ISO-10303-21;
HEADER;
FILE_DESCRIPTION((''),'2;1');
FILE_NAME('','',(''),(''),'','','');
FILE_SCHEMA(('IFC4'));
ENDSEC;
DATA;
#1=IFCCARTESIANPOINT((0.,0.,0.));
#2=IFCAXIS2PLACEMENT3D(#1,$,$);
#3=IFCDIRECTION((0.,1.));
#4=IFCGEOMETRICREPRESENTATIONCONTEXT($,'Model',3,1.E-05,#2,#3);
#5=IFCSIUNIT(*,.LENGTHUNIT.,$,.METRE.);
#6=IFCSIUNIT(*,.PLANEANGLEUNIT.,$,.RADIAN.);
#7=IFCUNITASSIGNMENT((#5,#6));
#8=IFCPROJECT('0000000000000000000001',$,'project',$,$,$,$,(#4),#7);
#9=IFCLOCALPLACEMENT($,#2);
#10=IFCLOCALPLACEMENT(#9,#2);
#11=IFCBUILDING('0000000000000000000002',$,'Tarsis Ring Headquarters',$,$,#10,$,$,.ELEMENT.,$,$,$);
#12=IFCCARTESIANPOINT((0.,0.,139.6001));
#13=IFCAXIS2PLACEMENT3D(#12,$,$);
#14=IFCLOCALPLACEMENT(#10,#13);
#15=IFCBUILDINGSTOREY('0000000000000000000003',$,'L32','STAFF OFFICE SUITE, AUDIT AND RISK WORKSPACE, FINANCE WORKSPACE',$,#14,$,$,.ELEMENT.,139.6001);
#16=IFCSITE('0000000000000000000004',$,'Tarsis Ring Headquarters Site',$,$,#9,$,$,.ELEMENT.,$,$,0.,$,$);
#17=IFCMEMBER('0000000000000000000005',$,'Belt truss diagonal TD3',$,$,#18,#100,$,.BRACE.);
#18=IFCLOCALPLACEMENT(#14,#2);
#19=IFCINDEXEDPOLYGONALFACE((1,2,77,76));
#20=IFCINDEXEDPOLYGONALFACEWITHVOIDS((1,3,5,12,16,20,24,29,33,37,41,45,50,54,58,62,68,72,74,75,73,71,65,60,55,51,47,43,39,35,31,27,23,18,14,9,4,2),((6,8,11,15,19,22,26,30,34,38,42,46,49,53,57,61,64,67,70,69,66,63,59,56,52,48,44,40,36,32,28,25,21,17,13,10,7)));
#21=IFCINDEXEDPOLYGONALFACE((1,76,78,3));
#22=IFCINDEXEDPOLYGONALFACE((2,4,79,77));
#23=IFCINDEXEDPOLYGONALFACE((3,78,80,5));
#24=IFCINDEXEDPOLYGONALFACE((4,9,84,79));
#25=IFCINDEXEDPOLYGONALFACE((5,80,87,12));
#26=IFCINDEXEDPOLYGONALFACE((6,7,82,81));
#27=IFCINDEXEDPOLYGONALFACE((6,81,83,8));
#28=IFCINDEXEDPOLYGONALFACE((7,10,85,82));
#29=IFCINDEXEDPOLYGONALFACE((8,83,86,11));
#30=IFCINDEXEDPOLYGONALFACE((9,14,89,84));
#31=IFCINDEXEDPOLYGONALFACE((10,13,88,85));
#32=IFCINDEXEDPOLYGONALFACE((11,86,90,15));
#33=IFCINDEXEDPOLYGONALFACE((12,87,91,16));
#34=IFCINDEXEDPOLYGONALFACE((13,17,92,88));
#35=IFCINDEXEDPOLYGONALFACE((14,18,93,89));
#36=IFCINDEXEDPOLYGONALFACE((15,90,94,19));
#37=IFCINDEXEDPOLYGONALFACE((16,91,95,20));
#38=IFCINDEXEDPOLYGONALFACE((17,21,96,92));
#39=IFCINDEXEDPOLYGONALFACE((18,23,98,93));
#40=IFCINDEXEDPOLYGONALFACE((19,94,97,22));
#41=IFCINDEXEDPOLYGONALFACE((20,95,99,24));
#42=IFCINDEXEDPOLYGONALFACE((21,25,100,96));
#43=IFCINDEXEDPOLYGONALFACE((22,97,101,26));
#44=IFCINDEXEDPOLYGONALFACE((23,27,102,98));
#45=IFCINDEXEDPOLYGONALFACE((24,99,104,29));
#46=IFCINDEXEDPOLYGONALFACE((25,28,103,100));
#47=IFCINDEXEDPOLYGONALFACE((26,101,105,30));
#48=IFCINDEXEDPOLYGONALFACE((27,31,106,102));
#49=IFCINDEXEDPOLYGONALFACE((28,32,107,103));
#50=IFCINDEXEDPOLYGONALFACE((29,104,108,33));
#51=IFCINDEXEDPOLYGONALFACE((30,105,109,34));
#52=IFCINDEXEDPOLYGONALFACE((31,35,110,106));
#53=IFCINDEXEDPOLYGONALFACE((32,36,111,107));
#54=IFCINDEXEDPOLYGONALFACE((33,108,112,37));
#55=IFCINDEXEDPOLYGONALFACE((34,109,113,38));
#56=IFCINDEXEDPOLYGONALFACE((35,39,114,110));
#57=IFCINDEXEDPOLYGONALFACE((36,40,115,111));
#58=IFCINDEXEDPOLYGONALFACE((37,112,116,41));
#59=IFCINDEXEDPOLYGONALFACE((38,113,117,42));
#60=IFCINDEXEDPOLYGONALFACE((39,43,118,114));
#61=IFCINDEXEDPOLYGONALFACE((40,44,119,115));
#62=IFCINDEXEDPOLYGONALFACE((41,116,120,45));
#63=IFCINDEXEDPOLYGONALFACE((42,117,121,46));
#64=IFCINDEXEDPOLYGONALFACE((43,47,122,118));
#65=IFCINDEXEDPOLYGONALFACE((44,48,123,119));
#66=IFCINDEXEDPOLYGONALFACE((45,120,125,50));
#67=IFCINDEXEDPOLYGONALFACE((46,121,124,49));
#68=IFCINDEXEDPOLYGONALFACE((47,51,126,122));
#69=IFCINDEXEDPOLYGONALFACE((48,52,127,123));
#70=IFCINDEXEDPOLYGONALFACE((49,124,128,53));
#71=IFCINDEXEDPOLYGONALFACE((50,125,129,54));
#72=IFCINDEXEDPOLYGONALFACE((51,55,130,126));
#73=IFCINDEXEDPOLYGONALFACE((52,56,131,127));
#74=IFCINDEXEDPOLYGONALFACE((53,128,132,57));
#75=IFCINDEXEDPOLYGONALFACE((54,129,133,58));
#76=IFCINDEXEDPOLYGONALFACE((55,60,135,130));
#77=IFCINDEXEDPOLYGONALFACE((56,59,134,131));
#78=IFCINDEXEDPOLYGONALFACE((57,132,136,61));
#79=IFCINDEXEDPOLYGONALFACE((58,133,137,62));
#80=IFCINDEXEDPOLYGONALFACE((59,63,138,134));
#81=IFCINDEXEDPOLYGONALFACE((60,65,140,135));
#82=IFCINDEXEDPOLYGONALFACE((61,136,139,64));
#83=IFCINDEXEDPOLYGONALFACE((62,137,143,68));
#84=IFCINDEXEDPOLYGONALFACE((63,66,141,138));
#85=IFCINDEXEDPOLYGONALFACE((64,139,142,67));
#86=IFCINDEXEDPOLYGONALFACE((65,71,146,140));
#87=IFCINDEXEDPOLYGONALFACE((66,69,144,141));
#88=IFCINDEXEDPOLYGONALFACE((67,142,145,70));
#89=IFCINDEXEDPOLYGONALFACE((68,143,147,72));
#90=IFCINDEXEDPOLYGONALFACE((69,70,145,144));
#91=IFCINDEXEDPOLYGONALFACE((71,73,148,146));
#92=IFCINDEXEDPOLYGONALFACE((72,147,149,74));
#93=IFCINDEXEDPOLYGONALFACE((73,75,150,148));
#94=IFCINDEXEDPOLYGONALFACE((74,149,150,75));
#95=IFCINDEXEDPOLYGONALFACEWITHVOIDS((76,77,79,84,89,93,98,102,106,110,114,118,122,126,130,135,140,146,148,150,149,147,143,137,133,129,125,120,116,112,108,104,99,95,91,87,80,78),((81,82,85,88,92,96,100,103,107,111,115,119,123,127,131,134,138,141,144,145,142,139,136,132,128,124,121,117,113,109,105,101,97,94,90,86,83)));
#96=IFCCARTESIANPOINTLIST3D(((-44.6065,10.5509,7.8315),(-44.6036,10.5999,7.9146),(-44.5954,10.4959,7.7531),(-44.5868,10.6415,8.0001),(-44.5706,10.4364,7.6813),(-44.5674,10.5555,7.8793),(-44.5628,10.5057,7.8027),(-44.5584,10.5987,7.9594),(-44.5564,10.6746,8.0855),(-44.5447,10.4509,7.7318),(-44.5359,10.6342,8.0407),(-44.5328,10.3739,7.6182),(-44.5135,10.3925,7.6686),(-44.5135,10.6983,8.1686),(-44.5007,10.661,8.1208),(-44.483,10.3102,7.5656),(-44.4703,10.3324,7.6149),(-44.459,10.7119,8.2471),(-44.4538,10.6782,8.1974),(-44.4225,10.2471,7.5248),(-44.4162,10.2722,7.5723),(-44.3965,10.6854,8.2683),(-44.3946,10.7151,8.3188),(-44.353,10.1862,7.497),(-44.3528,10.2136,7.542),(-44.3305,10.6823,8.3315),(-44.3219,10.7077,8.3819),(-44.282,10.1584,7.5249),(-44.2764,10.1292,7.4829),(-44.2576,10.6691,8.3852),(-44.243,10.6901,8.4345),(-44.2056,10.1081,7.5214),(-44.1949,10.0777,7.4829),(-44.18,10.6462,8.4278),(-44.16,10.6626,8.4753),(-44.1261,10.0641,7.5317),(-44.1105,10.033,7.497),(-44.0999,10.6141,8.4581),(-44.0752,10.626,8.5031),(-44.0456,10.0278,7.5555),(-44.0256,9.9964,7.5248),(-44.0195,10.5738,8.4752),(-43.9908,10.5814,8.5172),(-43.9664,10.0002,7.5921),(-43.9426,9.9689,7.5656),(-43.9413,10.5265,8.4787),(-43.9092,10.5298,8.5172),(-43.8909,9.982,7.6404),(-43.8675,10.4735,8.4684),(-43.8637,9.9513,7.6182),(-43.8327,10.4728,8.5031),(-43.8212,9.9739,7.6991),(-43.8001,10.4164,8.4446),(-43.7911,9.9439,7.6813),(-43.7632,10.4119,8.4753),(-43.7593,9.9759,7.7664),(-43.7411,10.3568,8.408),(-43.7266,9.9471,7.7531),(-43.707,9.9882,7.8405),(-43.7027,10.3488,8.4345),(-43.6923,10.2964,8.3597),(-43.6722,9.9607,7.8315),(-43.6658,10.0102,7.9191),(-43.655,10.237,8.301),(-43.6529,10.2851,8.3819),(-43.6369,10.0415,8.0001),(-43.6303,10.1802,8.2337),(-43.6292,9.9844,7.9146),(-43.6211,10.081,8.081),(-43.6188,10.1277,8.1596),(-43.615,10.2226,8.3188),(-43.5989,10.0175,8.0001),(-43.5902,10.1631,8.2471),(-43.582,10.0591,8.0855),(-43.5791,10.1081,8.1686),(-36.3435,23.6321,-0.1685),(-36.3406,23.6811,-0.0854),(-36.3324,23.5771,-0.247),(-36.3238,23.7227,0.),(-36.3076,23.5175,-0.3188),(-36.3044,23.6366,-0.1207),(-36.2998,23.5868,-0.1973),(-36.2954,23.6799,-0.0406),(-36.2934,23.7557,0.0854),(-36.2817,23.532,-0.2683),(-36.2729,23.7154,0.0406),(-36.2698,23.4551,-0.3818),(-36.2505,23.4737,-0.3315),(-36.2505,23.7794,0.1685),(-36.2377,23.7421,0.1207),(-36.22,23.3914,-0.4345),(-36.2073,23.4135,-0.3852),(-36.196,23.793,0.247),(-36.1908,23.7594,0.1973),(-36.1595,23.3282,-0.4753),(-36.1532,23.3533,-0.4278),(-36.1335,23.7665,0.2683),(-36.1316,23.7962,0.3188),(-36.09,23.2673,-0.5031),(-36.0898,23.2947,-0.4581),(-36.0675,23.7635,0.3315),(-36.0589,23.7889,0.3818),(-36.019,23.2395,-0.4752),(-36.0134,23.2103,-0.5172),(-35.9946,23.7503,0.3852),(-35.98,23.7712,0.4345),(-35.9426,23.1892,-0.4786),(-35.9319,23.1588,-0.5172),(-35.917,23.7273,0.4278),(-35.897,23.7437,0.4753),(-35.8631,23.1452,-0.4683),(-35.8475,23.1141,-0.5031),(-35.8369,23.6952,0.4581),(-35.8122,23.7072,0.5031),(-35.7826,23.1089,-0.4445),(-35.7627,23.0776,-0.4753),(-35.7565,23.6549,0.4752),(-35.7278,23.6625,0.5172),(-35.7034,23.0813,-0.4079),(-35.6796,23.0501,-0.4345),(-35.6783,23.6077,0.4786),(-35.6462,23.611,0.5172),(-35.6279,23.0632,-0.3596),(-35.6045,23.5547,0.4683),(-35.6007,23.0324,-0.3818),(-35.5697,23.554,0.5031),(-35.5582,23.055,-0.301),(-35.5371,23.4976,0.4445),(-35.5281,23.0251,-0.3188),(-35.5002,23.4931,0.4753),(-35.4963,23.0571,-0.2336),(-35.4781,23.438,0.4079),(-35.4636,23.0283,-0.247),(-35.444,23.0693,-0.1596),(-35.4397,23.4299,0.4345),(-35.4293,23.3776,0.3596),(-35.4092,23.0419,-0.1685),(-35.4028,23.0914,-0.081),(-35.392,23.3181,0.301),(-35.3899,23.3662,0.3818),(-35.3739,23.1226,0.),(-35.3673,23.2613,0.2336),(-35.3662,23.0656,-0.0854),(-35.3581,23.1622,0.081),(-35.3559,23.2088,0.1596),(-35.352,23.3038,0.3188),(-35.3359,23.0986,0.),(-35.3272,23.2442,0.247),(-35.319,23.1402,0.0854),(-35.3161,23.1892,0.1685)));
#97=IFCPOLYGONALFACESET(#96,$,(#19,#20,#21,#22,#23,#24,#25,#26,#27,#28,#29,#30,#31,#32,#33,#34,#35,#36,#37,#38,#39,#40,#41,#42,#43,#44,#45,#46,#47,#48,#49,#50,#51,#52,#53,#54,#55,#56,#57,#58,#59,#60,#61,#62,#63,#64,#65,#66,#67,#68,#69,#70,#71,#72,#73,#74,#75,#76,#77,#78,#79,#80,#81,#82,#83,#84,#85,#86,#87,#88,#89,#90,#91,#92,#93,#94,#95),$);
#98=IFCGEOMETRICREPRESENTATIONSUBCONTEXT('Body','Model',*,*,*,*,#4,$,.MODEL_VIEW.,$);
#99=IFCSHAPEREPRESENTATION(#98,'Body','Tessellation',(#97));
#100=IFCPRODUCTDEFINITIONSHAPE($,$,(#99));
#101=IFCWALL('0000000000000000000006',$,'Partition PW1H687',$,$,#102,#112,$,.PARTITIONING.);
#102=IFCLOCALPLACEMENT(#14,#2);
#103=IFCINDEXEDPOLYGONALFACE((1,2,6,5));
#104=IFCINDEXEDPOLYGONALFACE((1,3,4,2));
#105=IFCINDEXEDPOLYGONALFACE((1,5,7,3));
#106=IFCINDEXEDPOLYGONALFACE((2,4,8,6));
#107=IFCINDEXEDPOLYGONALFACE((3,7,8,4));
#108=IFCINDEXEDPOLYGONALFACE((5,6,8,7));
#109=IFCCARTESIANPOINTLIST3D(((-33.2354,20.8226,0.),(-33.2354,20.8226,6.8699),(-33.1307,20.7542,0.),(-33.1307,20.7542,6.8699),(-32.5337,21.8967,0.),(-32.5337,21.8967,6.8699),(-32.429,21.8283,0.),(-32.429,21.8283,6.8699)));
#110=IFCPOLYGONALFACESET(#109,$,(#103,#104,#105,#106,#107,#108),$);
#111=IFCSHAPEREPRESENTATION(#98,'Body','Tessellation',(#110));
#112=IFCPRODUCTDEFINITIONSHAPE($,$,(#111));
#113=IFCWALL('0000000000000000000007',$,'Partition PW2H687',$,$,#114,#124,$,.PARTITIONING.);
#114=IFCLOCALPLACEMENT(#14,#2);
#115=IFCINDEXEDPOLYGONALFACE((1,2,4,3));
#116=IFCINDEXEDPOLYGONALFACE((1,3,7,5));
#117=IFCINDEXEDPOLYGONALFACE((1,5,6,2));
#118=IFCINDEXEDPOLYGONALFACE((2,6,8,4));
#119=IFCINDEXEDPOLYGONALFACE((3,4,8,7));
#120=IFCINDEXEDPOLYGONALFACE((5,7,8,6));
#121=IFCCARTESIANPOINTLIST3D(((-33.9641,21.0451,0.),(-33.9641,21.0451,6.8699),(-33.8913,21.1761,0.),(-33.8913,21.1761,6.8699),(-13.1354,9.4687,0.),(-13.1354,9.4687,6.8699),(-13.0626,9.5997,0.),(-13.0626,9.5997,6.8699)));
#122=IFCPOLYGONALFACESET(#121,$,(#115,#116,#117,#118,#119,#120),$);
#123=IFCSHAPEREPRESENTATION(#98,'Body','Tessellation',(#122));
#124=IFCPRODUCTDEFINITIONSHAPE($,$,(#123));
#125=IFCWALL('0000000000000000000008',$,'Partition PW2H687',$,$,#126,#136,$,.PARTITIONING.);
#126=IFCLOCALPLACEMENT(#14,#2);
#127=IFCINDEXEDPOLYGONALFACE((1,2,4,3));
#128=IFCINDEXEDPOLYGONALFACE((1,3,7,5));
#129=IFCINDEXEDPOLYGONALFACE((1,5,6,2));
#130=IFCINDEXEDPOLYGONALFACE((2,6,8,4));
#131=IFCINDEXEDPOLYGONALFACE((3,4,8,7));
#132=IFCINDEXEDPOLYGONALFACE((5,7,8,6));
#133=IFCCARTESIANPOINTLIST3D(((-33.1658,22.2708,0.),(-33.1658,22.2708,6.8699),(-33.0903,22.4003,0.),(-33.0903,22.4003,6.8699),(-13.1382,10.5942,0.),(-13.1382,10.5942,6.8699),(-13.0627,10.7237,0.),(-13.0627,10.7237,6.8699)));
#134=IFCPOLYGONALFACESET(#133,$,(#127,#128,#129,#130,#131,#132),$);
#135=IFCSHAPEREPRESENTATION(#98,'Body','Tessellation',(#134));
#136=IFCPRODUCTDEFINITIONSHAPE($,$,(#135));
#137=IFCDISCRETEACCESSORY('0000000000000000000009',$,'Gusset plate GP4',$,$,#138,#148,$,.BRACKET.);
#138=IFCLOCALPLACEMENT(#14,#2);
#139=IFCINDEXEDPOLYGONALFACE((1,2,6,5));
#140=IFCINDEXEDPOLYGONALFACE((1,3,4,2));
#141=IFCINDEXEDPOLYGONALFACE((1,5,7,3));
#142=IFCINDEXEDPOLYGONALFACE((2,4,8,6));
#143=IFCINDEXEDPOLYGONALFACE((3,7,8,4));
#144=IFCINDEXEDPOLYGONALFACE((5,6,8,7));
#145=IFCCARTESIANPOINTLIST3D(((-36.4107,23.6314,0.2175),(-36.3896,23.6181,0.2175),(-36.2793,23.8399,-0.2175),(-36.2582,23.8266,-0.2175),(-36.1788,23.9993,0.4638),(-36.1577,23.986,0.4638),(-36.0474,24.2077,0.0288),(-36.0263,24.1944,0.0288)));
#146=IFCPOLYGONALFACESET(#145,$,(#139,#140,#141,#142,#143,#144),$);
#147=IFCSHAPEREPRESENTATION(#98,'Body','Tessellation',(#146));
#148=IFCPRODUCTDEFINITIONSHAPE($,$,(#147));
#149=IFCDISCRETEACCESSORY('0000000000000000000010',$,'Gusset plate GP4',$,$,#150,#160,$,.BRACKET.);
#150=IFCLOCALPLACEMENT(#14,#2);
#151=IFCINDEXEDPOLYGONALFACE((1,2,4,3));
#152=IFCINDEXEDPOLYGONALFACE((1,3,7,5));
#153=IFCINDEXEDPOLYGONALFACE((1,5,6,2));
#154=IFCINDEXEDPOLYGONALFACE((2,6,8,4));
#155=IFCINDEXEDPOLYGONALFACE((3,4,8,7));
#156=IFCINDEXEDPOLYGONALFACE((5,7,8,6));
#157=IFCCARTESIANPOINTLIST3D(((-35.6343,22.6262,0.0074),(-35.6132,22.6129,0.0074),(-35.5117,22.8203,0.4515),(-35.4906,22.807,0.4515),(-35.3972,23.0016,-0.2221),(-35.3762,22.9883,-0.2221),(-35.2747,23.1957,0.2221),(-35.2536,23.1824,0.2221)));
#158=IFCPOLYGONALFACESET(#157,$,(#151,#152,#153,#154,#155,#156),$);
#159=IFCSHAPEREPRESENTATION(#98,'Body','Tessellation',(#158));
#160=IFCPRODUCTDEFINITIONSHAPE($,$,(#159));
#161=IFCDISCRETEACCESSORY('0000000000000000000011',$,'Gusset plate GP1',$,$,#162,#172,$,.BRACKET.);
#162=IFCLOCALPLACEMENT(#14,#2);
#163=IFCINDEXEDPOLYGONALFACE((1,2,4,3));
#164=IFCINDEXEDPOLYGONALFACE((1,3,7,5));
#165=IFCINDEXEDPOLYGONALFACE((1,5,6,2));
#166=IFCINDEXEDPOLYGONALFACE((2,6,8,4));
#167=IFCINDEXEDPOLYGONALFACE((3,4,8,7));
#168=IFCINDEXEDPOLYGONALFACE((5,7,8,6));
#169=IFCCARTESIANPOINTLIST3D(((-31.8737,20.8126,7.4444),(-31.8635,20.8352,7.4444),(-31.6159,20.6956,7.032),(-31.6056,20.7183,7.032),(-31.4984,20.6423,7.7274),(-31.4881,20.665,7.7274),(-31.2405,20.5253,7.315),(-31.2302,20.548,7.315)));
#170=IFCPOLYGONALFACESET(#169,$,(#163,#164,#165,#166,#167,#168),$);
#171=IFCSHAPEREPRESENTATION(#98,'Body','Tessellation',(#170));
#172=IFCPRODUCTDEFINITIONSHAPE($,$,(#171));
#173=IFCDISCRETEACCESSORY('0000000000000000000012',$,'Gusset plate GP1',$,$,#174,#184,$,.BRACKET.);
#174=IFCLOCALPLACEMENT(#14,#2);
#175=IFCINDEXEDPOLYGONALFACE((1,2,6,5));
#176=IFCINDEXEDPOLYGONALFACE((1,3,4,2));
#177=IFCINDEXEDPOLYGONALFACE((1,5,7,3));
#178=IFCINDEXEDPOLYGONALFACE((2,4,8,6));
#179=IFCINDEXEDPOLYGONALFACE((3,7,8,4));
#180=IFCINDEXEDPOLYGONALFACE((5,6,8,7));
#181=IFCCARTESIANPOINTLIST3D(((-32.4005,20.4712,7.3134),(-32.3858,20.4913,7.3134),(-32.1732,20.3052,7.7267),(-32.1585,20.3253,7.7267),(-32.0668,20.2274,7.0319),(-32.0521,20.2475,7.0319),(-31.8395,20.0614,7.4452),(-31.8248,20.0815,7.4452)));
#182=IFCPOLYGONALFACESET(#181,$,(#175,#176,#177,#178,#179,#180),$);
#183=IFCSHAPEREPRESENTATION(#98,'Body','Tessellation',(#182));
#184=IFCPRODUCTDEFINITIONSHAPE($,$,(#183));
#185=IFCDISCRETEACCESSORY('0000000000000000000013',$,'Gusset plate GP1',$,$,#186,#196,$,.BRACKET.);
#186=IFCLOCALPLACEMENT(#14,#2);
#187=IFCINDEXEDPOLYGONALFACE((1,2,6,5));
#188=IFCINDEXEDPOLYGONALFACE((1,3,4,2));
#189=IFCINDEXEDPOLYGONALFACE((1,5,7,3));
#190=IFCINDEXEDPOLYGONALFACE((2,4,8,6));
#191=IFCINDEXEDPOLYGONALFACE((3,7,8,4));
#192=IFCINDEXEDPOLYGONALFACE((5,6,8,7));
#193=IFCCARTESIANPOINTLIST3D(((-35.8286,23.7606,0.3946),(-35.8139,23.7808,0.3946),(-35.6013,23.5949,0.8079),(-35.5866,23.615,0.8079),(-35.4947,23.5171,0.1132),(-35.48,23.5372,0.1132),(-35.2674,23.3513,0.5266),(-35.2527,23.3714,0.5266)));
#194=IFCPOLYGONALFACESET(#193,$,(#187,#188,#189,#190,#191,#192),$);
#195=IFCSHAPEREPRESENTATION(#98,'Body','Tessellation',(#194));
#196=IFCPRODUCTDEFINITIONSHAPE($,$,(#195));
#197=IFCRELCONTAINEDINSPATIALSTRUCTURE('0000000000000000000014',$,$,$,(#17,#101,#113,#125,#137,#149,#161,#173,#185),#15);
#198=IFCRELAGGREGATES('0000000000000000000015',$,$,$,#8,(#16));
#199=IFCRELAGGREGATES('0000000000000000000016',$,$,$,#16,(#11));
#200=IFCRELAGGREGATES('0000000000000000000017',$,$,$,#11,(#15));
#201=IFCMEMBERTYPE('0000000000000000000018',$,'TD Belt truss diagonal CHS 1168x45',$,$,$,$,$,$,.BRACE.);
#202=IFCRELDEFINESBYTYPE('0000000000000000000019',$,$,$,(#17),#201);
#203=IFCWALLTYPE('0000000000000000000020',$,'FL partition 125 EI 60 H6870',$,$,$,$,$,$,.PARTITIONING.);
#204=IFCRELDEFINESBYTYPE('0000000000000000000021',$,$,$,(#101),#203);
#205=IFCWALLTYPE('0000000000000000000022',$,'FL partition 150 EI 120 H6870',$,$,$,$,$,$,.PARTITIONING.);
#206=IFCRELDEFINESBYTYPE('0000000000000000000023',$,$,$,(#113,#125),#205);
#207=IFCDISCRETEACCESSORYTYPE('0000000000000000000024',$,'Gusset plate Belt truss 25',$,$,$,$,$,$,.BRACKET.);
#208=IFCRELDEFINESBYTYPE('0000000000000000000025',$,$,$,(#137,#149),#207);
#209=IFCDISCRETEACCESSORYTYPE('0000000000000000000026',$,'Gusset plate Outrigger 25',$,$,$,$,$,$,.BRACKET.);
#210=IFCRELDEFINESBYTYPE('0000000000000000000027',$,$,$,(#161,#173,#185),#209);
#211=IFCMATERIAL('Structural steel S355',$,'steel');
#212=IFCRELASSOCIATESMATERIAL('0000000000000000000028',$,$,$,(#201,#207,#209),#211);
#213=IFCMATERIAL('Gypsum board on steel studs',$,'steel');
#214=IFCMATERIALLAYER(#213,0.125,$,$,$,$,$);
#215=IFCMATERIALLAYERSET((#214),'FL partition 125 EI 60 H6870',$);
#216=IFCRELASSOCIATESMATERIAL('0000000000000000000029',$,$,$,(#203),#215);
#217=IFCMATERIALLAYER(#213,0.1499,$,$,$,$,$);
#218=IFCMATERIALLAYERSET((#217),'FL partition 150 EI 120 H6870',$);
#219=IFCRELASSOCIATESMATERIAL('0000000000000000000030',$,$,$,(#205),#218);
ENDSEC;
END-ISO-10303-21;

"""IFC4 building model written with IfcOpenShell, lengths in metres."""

from ifc_helpers import new_model, si_unit, direction, frame, frame_2d, origin, origin_2d, place, context, subcontext, project, spatial, rectangle, hollow_circle, extrude, material, layer, layer_set, material_profile, profile_set, type_object, element, save


model = new_model("IFC4")

# Units and contexts
model_context = context("Model", 3, precision=1e-05, world=origin(), true_north=direction((0.0, 1.0)))
body_context = subcontext(model_context, "Body", "Model", "MODEL_VIEW")
ifc_project = project(units=[si_unit("LENGTHUNIT", "METRE"), si_unit("PLANEANGLEUNIT", "RADIAN")], contexts=[model_context])

# Site, building, storey
site_placement = place(None, origin())
site = spatial("IfcSite", under=ifc_project, at=site_placement, Name="Tarsis Ring Headquarters Site", CompositionType="ELEMENT", RefElevation=0.0)
building_placement = place(site_placement, origin())
building = spatial("IfcBuilding", under=site, at=building_placement, Name="Tarsis Ring Headquarters", CompositionType="ELEMENT")
storey_placement = place(building_placement, frame((0.0, 0.0, 139.6001)))
storey = spatial("IfcBuildingStorey", under=building, at=storey_placement, Name="L32", Description="STAFF OFFICE SUITE, AUDIT AND RISK WORKSPACE, FINANCE WORKSPACE", CompositionType="ELEMENT", Elevation=139.6001)

# Shared definitions
ifc_material_1 = material(Name="Structural steel S355", Category="steel")
ifc_material_profile_1 = material_profile(ifc_material_1, hollow_circle(Radius=0.5842, WallThickness=0.0449, at=origin_2d()), Name="CHS 1168x45")
ifc_profile_set_1 = profile_set([ifc_material_profile_1], Name="Structural steel S355")

# Member
member_type_1 = type_object("IfcMemberType", Name="TD Belt truss diagonal CHS 1168x45", PredefinedType="BRACE", material=ifc_profile_set_1)
member_1_placement = place(storey_placement, frame((-35.8298, 23.4106, 0.0), z_axis=(-0.474388, -0.751004, 0.459292), x_axis=(0.845453, -0.534049, 0.0)))
element("IfcMember", 1, at=member_1_placement, inside=storey, type_object=member_type_1, Name="Belt truss diagonal TD3", PredefinedType="BRACE", context=body_context, shape_type="SweptSolid", body=[
    extrude(hollow_circle(Radius=0.5842, WallThickness=0.0449, at=origin_2d()), origin(), (0.0, 0.0, 1.0), 17.4182),
])

# Walls
ifc_material_2 = material(Name="Gypsum board on steel studs", Category="steel")
ifc_layer_1 = layer(ifc_material_2, 0.125)
ifc_layer_set_1 = layer_set([ifc_layer_1], Name="FL partition 125 EI 60 H6870")
wall_type_1 = type_object("IfcWallType", Name="FL partition 125 EI 60 H6870", PredefinedType="PARTITIONING", material=ifc_layer_set_1)
wall_1_placement = place(storey_placement, frame((-33.1831, 20.7883, 0.0), z_axis=(0.0, 0.0, 1.0), x_axis=(0.546947, 0.837167, 0.0)))
element("IfcWall", 2, at=wall_1_placement, inside=storey, type_object=wall_type_1, Name="Partition PW1H687", PredefinedType="PARTITIONING", context=body_context, shape_type="SweptSolid", body=[
    extrude(rectangle(XDim=1.283, YDim=0.125, at=frame_2d((0.6416, 0.0))), origin(), (0.0, 0.0, 1.0), 6.8699),
])
ifc_layer_2 = layer(ifc_material_2, 0.1499)
ifc_layer_set_2 = layer_set([ifc_layer_2], Name="FL partition 150 EI 120 H6870")
wall_type_2 = type_object("IfcWallType", Name="FL partition 150 EI 120 H6870", PredefinedType="PARTITIONING", material=ifc_layer_set_2)
wall_2_placement = place(storey_placement, frame((-33.9277, 21.1106, 0.0), z_axis=(0.0, 0.0, 1.0), x_axis=(0.874071, -0.485798, 0.0)))
element("IfcWall", 3, at=wall_2_placement, inside=storey, type_object=wall_type_2, Name="Partition PW2H687", PredefinedType="PARTITIONING", context=body_context, shape_type="SweptSolid", body=[
    extrude(rectangle(XDim=23.8296, YDim=0.1499, at=frame_2d((11.9148, 0.0))), origin(), (0.0, 0.0, 1.0), 6.8699),
])
wall_3_placement = place(storey_placement, frame((-33.1279, 22.3354, 0.0), z_axis=(0.0, 0.0, 1.0), x_axis=(0.863896, -0.50367, 0.0)))
element("IfcWall", 4, at=wall_3_placement, inside=storey, type_object=wall_type_2, Name="Partition PW2H687", PredefinedType="PARTITIONING", context=body_context, shape_type="SweptSolid", body=[
    extrude(rectangle(XDim=23.1829, YDim=0.1499, at=frame_2d((11.5913, 0.0))), origin(), (0.0, 0.0, 1.0), 6.8699),
])

# Discrete accessories
ifc_material_profile_2 = material_profile(ifc_material_1, rectangle(XDim=0.0249, YDim=0.5, at=origin_2d()), Name="PL 25x500")
ifc_profile_set_2 = profile_set([ifc_material_profile_2], Name="Structural steel S355")
discrete_accessory_type_1 = type_object("IfcDiscreteAccessoryType", Name="Gusset plate Belt truss 25", PredefinedType="BRACKET", material=ifc_profile_set_2)
for number, where, z_axis, x_axis, name in (
    (5, (-36.3345, 23.729, 0.0), (0.464015, 0.736075, 0.492833), (-0.845942, 0.533275, 0.0), "Gusset plate GP4"),
    (6, (-35.3254, 23.092, 0.0), (-0.474258, -0.751193, 0.459117), (0.84558, -0.533848, 0.0), "Gusset plate GP4"),
):
    element("IfcDiscreteAccessory", number, at=place(storey_placement, frame(where, z_axis=z_axis, x_axis=x_axis)), inside=storey, type_object=discrete_accessory_type_1, Name=name, PredefinedType="BRACKET", context=body_context, shape_type="SweptSolid", body=[
        extrude(rectangle(XDim=0.0249, YDim=0.5, at=origin_2d()), origin(), (0.0, 0.0, 1.0), 0.4998),
    ])
discrete_accessory_type_2 = type_object("IfcDiscreteAccessoryType", Name="Gusset plate Outrigger 25", PredefinedType="BRACKET", material=ifc_profile_set_2)
discrete_accessory_1_placement = place(storey_placement, frame((-31.6809, 20.7388, 7.5859), z_axis=(0.515441, -0.233803, -0.824413), x_axis=(0.413088, 0.910691, 0.0)))
element("IfcDiscreteAccessory", 7, at=discrete_accessory_1_placement, inside=storey, type_object=discrete_accessory_type_2, Name="Gusset plate GP1", PredefinedType="BRACKET", context=body_context, shape_type="SweptSolid", body=[
    extrude(rectangle(XDim=0.0249, YDim=0.5, at=origin_2d()), origin(), (0.0, 0.0, 1.0), 0.5002),
])
for number, where, z_axis, x_axis, name in (
    (8, (-31.999, 20.1934, 7.5859), (-0.45453, 0.331987, -0.826551), (-0.589821, -0.807534, 0.0), "Gusset plate GP1"),
    (9, (-35.6543, 23.6489, 0.2539), (0.454604, -0.331553, 0.826685), (0.589255, 0.807947, 0.0), "Gusset plate GP1"),
):
    element("IfcDiscreteAccessory", number, at=place(storey_placement, frame(where, z_axis=z_axis, x_axis=x_axis)), inside=storey, type_object=discrete_accessory_type_2, Name=name, PredefinedType="BRACKET", context=body_context, shape_type="SweptSolid", body=[
        extrude(rectangle(XDim=0.0249, YDim=0.5, at=origin_2d()), origin(), (0.0, 0.0, 1.0), 0.5),
    ])

save(model, "model.ifc")
